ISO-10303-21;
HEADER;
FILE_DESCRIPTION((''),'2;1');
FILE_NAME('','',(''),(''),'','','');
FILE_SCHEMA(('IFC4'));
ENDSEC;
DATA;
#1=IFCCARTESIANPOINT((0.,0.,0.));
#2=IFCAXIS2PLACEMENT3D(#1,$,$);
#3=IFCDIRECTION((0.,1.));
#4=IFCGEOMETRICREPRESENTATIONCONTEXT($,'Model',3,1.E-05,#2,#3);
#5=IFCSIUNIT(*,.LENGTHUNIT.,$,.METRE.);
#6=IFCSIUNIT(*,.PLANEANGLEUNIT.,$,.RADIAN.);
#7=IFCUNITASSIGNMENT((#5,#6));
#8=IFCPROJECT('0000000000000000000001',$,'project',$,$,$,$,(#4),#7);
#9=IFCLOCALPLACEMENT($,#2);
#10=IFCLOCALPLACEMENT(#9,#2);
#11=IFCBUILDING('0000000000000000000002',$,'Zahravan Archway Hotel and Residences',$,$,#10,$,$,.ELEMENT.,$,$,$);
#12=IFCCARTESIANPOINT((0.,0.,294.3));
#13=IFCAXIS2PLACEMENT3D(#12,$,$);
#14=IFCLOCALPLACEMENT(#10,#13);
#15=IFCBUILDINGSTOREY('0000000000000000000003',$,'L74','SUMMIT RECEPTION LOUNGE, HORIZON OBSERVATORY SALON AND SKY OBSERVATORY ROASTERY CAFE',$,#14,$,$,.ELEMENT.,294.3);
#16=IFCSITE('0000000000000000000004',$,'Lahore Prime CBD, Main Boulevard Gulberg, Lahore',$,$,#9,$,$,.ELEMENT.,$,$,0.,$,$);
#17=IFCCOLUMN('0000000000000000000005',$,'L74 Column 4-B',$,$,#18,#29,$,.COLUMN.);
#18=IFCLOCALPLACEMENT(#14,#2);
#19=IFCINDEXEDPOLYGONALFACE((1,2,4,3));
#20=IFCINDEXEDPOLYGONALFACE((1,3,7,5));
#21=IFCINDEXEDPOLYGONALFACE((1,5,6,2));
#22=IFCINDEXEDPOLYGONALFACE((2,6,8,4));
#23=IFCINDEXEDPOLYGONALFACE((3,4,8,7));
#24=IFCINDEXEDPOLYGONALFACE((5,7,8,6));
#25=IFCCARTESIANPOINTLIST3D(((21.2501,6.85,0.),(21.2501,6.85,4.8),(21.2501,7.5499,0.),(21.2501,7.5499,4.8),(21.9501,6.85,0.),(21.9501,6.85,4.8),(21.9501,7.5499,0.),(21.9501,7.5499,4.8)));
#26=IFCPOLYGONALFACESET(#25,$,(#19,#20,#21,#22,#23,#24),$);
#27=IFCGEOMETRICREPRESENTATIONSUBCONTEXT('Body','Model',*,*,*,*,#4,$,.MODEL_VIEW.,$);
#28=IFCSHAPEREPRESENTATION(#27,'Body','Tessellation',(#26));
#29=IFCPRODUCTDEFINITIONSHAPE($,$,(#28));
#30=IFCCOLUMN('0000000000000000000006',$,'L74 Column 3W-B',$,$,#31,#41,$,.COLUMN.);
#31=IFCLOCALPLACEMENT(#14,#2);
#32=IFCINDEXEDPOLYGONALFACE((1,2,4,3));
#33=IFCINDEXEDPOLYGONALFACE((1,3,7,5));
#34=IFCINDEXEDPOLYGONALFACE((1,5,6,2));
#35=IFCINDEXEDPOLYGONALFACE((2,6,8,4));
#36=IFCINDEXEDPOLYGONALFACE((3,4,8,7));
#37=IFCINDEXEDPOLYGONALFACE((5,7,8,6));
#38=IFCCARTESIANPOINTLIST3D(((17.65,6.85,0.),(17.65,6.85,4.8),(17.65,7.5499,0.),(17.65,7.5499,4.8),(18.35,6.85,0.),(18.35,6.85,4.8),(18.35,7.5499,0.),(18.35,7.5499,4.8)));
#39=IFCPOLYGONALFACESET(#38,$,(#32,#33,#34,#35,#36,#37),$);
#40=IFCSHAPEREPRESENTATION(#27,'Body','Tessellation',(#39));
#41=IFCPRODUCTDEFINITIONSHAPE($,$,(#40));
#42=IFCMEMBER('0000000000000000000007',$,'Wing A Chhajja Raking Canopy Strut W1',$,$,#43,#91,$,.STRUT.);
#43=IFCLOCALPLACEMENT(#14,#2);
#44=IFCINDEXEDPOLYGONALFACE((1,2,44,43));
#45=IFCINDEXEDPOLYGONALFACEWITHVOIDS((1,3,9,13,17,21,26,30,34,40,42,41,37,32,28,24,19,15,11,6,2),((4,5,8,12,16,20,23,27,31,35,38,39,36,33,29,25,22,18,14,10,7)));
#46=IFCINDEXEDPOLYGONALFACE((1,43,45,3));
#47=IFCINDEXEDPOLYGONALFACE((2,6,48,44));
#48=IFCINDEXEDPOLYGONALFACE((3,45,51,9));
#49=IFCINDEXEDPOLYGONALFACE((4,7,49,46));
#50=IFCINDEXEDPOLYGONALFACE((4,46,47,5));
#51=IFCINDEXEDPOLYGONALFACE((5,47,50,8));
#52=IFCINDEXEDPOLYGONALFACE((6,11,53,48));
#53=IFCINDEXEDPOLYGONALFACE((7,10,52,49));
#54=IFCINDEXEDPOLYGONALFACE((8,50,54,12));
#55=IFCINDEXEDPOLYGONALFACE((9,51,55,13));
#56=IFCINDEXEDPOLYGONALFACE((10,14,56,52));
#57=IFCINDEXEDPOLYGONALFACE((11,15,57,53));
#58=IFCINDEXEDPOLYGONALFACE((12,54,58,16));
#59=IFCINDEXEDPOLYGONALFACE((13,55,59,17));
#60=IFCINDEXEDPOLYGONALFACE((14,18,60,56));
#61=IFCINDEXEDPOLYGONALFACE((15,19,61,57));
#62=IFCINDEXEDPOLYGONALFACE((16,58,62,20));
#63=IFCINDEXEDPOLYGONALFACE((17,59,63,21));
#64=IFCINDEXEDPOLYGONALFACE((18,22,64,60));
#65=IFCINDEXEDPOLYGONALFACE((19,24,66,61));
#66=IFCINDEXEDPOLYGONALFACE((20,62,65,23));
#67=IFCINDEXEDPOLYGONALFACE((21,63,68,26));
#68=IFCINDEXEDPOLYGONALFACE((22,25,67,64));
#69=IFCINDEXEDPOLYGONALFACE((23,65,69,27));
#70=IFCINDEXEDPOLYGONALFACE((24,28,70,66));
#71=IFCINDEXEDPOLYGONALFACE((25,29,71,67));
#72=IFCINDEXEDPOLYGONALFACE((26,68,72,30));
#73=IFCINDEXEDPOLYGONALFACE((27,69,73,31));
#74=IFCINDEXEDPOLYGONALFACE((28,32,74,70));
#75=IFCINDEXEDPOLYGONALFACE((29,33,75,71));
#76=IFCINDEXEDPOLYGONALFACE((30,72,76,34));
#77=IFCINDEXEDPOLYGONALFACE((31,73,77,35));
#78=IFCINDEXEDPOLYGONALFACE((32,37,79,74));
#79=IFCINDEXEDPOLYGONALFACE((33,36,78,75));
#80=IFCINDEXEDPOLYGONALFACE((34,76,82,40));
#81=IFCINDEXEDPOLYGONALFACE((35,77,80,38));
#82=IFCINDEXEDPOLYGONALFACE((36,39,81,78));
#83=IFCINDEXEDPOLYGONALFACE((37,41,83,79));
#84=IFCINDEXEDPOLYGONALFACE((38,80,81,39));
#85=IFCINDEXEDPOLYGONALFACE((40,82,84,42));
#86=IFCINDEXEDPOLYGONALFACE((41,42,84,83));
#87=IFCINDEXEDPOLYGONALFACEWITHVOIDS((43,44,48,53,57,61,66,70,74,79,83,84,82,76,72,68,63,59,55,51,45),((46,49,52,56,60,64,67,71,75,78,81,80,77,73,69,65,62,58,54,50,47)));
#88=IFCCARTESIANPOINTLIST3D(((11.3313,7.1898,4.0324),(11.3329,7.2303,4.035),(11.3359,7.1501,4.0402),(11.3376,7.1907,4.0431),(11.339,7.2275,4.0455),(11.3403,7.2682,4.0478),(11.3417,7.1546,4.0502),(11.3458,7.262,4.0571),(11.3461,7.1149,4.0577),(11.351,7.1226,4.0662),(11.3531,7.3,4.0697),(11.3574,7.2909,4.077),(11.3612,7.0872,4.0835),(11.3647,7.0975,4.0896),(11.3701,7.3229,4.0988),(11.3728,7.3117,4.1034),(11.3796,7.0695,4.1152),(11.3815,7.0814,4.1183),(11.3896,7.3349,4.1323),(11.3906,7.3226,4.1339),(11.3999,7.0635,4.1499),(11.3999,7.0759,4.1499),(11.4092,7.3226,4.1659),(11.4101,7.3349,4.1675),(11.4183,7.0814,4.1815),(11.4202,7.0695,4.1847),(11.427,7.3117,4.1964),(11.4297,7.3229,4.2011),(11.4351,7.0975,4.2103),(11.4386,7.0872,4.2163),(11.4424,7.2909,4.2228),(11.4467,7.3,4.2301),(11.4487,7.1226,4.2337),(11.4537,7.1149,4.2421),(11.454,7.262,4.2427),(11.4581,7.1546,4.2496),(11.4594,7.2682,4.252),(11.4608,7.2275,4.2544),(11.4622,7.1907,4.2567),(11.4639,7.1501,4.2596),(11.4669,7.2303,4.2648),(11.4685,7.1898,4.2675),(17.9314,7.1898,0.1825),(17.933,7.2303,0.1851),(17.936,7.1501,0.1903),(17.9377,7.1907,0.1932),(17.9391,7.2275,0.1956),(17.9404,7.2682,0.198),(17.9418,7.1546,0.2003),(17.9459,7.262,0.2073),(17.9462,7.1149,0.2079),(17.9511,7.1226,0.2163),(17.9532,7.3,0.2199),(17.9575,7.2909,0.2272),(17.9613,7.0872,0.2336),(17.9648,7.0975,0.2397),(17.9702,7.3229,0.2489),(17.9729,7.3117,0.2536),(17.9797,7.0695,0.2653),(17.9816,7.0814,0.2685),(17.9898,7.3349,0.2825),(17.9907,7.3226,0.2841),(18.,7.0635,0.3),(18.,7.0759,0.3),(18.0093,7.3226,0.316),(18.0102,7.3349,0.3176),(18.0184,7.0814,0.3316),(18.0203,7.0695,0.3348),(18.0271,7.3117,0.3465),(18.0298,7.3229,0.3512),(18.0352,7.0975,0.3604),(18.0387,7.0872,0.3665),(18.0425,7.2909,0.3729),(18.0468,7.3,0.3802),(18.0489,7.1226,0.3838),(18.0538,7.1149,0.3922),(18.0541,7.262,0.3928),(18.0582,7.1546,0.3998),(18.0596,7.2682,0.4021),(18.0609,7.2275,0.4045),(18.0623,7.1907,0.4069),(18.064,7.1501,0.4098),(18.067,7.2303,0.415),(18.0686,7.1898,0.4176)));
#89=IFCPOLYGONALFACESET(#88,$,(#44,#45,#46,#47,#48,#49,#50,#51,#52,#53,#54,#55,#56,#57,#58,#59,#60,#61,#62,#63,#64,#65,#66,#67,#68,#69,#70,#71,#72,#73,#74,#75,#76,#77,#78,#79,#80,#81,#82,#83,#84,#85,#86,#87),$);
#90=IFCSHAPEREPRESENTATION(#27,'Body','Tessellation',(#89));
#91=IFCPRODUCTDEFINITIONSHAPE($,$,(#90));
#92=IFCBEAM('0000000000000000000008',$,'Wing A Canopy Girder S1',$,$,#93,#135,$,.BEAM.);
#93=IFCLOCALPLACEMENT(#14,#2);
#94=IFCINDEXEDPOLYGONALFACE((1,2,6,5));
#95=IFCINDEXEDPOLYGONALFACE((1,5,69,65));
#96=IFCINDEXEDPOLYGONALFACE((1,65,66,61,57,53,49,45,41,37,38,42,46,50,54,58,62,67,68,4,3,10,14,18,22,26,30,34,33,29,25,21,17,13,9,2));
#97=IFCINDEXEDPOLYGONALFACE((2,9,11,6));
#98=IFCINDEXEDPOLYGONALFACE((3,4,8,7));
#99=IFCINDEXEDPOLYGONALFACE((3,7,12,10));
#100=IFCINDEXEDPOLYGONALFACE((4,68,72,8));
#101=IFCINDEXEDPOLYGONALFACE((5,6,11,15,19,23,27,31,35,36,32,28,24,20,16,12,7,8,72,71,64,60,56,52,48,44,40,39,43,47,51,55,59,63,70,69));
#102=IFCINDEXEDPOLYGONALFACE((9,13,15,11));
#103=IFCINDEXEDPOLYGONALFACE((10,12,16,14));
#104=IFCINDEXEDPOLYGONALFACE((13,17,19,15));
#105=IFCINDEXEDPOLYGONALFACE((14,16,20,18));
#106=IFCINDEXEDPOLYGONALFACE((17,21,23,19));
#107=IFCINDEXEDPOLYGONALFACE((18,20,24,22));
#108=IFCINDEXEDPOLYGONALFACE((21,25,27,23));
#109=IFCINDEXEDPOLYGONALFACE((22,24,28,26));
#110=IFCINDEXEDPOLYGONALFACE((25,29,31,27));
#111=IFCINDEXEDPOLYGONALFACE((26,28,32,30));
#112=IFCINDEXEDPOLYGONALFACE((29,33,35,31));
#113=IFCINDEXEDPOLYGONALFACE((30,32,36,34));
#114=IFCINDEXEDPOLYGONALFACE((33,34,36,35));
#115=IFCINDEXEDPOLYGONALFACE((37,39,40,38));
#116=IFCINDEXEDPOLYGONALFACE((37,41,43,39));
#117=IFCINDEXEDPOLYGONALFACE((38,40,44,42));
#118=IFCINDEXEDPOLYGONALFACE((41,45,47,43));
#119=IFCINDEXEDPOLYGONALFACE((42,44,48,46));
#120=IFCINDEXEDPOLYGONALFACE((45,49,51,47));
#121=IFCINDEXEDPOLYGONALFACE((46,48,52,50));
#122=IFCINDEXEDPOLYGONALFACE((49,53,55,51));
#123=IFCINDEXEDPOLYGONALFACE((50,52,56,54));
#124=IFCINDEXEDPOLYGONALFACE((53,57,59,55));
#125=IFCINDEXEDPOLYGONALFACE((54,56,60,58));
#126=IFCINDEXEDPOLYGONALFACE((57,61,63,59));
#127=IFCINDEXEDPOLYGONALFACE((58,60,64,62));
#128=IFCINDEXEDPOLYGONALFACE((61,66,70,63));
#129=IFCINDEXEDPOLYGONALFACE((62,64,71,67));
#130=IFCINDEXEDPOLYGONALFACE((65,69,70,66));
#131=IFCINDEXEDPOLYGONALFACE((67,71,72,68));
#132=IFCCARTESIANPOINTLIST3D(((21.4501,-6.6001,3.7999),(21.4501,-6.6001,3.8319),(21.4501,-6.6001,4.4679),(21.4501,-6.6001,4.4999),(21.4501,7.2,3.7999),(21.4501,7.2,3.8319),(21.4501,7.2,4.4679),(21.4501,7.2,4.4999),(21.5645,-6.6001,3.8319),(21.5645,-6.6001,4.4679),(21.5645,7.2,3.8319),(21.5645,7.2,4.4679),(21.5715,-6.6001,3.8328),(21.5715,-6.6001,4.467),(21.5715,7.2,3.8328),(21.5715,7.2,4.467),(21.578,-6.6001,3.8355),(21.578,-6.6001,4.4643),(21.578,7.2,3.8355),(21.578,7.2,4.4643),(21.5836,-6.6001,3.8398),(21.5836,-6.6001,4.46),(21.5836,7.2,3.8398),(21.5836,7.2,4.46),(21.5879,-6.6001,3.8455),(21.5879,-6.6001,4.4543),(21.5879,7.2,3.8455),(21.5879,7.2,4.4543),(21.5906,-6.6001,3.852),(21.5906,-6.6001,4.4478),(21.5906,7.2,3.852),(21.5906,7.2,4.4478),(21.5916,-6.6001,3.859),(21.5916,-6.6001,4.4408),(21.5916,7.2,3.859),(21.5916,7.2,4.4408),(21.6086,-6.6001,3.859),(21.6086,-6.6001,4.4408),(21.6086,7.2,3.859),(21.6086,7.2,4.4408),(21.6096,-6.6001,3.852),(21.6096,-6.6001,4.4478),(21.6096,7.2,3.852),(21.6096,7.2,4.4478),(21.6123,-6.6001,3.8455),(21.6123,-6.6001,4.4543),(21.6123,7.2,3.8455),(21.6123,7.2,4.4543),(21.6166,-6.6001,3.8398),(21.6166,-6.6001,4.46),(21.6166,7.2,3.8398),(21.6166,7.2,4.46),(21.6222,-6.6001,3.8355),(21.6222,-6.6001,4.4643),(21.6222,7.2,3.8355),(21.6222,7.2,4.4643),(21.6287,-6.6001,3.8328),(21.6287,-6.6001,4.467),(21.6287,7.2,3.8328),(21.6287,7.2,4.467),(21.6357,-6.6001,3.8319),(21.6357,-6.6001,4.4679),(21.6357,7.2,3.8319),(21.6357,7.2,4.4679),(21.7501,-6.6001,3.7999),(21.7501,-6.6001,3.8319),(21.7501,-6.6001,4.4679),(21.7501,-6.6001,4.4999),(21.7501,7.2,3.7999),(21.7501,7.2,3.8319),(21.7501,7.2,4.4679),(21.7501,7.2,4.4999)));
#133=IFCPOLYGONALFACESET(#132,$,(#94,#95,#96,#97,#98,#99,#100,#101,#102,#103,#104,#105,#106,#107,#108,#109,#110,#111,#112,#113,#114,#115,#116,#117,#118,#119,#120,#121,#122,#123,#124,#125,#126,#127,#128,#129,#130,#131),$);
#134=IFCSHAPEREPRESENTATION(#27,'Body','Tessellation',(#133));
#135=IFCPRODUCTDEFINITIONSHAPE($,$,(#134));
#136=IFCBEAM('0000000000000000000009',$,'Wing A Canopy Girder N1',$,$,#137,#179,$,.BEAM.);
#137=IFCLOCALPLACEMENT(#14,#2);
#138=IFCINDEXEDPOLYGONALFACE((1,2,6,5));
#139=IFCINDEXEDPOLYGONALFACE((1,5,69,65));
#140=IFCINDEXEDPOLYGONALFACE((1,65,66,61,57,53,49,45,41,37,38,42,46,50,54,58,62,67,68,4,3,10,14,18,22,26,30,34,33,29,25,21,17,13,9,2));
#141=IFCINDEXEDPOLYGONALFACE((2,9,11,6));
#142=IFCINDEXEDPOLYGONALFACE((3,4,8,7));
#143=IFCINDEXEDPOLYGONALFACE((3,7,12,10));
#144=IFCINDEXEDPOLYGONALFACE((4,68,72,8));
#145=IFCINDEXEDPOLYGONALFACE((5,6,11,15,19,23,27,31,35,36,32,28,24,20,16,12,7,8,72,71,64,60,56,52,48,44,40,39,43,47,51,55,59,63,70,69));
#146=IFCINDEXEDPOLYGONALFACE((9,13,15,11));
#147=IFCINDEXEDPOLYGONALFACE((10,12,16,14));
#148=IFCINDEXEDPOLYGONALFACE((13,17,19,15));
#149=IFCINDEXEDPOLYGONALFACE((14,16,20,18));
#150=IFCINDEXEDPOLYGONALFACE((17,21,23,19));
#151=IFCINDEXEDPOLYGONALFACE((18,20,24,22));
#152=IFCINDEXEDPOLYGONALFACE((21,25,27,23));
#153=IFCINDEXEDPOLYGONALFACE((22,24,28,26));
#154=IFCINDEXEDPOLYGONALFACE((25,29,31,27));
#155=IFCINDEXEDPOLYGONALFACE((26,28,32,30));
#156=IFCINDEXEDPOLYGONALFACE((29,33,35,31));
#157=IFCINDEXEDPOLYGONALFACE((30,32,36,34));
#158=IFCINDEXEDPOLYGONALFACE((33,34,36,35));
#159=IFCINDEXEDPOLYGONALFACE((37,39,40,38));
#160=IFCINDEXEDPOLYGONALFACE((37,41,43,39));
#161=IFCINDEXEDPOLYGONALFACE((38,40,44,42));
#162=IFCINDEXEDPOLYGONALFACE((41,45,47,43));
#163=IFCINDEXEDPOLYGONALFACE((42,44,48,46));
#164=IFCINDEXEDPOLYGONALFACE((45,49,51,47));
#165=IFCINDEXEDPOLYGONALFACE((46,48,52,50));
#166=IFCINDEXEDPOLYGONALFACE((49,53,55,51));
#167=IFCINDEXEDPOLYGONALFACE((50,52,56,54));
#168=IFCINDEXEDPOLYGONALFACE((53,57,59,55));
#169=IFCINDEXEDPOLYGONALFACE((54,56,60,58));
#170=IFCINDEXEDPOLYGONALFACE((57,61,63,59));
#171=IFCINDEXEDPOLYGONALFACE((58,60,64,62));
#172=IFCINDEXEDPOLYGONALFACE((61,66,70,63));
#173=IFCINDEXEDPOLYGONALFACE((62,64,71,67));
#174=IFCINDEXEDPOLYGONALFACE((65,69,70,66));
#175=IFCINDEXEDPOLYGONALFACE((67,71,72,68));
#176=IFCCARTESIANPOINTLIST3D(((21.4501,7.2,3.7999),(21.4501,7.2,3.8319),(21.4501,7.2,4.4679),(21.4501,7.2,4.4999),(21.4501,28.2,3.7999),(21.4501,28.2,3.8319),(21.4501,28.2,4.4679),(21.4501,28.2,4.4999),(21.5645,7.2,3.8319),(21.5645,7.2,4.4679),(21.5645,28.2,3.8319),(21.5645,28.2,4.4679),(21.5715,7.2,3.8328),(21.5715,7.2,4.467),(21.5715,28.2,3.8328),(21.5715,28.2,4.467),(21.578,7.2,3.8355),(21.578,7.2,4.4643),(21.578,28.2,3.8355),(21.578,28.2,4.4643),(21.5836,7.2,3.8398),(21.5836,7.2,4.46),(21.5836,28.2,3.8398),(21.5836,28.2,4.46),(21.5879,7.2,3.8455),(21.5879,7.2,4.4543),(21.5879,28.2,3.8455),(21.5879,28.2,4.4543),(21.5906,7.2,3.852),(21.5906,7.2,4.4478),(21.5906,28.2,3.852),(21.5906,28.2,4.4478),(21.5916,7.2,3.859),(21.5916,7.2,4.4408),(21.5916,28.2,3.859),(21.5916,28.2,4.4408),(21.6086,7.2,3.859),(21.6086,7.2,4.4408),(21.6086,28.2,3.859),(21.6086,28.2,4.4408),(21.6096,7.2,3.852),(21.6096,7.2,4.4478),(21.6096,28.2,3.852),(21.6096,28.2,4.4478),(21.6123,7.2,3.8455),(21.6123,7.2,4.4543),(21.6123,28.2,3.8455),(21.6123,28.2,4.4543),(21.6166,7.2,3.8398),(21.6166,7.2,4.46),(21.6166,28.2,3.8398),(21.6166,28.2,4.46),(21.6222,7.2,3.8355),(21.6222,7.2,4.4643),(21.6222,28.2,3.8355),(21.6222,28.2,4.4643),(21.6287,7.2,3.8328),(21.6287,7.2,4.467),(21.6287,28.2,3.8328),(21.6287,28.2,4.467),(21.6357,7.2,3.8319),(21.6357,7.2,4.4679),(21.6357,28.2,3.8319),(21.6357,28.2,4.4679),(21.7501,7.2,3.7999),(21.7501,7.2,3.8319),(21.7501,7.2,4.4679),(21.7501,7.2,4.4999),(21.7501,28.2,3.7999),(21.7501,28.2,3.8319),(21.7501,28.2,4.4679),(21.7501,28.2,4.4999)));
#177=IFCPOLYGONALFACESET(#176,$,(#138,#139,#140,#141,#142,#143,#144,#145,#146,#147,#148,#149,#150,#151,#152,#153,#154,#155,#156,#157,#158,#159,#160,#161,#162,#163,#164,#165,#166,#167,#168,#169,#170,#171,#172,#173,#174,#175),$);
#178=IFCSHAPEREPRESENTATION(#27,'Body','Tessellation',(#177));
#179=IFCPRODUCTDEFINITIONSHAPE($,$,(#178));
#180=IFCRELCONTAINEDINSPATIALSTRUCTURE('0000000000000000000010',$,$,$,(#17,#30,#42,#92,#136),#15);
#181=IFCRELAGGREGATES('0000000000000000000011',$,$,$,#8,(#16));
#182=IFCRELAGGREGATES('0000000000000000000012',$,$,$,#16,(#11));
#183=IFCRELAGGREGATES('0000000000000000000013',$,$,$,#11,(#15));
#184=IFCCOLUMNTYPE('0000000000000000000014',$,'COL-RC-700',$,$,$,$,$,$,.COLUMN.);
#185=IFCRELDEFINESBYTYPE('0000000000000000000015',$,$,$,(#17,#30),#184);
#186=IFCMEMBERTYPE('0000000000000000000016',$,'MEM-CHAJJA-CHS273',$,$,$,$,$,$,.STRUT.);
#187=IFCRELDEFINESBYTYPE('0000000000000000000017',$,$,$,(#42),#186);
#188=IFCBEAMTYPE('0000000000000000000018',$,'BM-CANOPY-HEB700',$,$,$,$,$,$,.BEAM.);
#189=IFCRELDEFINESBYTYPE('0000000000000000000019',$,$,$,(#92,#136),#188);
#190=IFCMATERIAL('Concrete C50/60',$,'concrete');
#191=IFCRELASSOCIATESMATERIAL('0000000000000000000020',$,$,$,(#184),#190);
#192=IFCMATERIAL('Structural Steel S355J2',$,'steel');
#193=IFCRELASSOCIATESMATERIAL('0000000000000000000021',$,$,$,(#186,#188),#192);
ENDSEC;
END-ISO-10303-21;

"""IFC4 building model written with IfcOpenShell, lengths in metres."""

from ifc_helpers import new_model, si_unit, direction, frame, origin, origin_2d, place, context, subcontext, project, spatial, rectangle, hollow_circle, i_section, extrude, source, transform, mapped, material, material_profile, profile_set, type_object, element, save


model = new_model("IFC4")

# Units and contexts
model_context = context("Model", 3, precision=1e-05, world=origin(), true_north=direction((0.0, 1.0)))
body_context = subcontext(model_context, "Body", "Model", "MODEL_VIEW")
ifc_project = project(units=[si_unit("LENGTHUNIT", "METRE"), si_unit("PLANEANGLEUNIT", "RADIAN")], contexts=[model_context])

# Site, building, storey
site_placement = place(None, origin())
site = spatial("IfcSite", under=ifc_project, at=site_placement, Name="Lahore Prime CBD, Main Boulevard Gulberg, Lahore", CompositionType="ELEMENT", RefElevation=0.0)
building_placement = place(site_placement, origin())
building = spatial("IfcBuilding", under=site, at=building_placement, Name="Zahravan Archway Hotel and Residences", CompositionType="ELEMENT")
storey_placement = place(building_placement, frame((0.0, 0.0, 294.3)))
storey = spatial("IfcBuildingStorey", under=building, at=storey_placement, Name="L74", Description="SUMMIT RECEPTION LOUNGE, HORIZON OBSERVATORY SALON AND SKY OBSERVATORY ROASTERY CAFE", CompositionType="ELEMENT", Elevation=294.3)

# Columns
ifc_material_1 = material(Name="Concrete C50/60", Category="concrete")
ifc_material_profile_1 = material_profile(ifc_material_1, rectangle(XDim=0.7, YDim=0.7, at=origin_2d()), Name="RC-COL-700x700", Category="concrete")
ifc_profile_set_1 = profile_set([ifc_material_profile_1], Name="Concrete C50/60")
column_type = type_object("IfcColumnType", Name="COL-RC-700", PredefinedType="COLUMN", material=ifc_profile_set_1)
shared_shape_1 = source(origin(), body_context, "Body", "SweptSolid", [
    extrude(rectangle(XDim=0.7, YDim=0.7, at=origin_2d()), origin(), (0.0, 0.0, 1.0), 4.8),
])
for number, where, z_axis, x_axis, name in (
    (1, (21.6001, 7.2, 0.0), (0.0, 0.0, 1.0), (1.0, 0.0, 0.0), "L74 Column 4-B"),
    (2, (18.0, 7.2, 0.0), (0.0, 0.0, 1.0), (1.0, 0.0, 0.0), "L74 Column 3W-B"),
):
    element("IfcColumn", number, at=place(storey_placement, frame(where, z_axis=z_axis, x_axis=x_axis)), inside=storey, type_object=column_type, Name=name, PredefinedType="COLUMN", context=body_context, shape_type="MappedRepresentation", body=[
        mapped(shared_shape_1, transform((0.0, 0.0, 0.0), scale=1.0)),
    ])

# Member
ifc_material_2 = material(Name="Structural Steel S355J2", Category="steel")
ifc_material_profile_2 = material_profile(ifc_material_2, hollow_circle(Radius=0.1365, WallThickness=0.0125, at=origin_2d()), Name="CHS 273x12.5", Category="steel")
ifc_profile_set_2 = profile_set([ifc_material_profile_2], Name="Structural Steel S355J2")
member_type = type_object("IfcMemberType", Name="MEM-CHAJJA-CHS273", PredefinedType="STRUT", material=ifc_profile_set_2)
shared_shape_2 = source(origin(), body_context, "Body", "SweptSolid", [
    extrude(hollow_circle(Radius=0.1365, WallThickness=0.0125, at=origin_2d()), origin(), (0.0, 0.0, 1.0), 7.6409),
])
member_placement = place(storey_placement, frame((18.0, 7.2, 0.3), z_axis=(-0.86379, 0.0, 0.503851), x_axis=(0.0, -1.0, 0.0)))
element("IfcMember", 3, at=member_placement, inside=storey, type_object=member_type, Name="Wing A Chhajja Raking Canopy Strut W1", PredefinedType="STRUT", context=body_context, shape_type="MappedRepresentation", body=[
    mapped(shared_shape_2, transform((0.0, 0.0, 0.0), scale=1.0)),
])

# Beams
ifc_material_profile_3 = material_profile(ifc_material_2, i_section(OverallWidth=0.3, OverallDepth=0.7, WebThickness=0.0171, FlangeThickness=0.032, FilletRadius=0.0271, at=origin_2d()), Name="HEB 700", Category="steel")
ifc_profile_set_3 = profile_set([ifc_material_profile_3], Name="Structural Steel S355J2")
beam_type = type_object("IfcBeamType", Name="BM-CANOPY-HEB700", PredefinedType="BEAM", material=ifc_profile_set_3)
shared_shape_3 = source(origin(), body_context, "Body", "SweptSolid", [
    extrude(i_section(OverallWidth=0.3, OverallDepth=0.7, WebThickness=0.0171, FlangeThickness=0.032, FilletRadius=0.0271, at=origin_2d()), origin(), (0.0, 0.0, 1.0), 13.8),
])
beam_1_placement = place(storey_placement, frame((21.6001, 7.2, 4.1499), z_axis=(0.0, -1.0, 0.0), x_axis=(1.0, 0.0, 0.0)))
element("IfcBeam", 4, at=beam_1_placement, inside=storey, type_object=beam_type, Name="Wing A Canopy Girder S1", PredefinedType="BEAM", context=body_context, shape_type="MappedRepresentation", body=[
    mapped(shared_shape_3, transform((0.0, 0.0, 0.0), scale=1.0)),
])
shared_shape_4 = source(origin(), body_context, "Body", "SweptSolid", [
    extrude(i_section(OverallWidth=0.3, OverallDepth=0.7, WebThickness=0.0171, FlangeThickness=0.032, FilletRadius=0.0271, at=origin_2d()), origin(), (0.0, 0.0, 1.0), 21.0),
])
beam_2_placement = place(storey_placement, frame((21.6001, 7.2, 4.1499), z_axis=(0.0, 1.0, 0.0), x_axis=(-1.0, 0.0, 0.0)))
element("IfcBeam", 5, at=beam_2_placement, inside=storey, type_object=beam_type, Name="Wing A Canopy Girder N1", PredefinedType="BEAM", context=body_context, shape_type="MappedRepresentation", body=[
    mapped(shared_shape_4, transform((0.0, 0.0, 0.0), scale=1.0)),
])

save(model, "model.ifc")
